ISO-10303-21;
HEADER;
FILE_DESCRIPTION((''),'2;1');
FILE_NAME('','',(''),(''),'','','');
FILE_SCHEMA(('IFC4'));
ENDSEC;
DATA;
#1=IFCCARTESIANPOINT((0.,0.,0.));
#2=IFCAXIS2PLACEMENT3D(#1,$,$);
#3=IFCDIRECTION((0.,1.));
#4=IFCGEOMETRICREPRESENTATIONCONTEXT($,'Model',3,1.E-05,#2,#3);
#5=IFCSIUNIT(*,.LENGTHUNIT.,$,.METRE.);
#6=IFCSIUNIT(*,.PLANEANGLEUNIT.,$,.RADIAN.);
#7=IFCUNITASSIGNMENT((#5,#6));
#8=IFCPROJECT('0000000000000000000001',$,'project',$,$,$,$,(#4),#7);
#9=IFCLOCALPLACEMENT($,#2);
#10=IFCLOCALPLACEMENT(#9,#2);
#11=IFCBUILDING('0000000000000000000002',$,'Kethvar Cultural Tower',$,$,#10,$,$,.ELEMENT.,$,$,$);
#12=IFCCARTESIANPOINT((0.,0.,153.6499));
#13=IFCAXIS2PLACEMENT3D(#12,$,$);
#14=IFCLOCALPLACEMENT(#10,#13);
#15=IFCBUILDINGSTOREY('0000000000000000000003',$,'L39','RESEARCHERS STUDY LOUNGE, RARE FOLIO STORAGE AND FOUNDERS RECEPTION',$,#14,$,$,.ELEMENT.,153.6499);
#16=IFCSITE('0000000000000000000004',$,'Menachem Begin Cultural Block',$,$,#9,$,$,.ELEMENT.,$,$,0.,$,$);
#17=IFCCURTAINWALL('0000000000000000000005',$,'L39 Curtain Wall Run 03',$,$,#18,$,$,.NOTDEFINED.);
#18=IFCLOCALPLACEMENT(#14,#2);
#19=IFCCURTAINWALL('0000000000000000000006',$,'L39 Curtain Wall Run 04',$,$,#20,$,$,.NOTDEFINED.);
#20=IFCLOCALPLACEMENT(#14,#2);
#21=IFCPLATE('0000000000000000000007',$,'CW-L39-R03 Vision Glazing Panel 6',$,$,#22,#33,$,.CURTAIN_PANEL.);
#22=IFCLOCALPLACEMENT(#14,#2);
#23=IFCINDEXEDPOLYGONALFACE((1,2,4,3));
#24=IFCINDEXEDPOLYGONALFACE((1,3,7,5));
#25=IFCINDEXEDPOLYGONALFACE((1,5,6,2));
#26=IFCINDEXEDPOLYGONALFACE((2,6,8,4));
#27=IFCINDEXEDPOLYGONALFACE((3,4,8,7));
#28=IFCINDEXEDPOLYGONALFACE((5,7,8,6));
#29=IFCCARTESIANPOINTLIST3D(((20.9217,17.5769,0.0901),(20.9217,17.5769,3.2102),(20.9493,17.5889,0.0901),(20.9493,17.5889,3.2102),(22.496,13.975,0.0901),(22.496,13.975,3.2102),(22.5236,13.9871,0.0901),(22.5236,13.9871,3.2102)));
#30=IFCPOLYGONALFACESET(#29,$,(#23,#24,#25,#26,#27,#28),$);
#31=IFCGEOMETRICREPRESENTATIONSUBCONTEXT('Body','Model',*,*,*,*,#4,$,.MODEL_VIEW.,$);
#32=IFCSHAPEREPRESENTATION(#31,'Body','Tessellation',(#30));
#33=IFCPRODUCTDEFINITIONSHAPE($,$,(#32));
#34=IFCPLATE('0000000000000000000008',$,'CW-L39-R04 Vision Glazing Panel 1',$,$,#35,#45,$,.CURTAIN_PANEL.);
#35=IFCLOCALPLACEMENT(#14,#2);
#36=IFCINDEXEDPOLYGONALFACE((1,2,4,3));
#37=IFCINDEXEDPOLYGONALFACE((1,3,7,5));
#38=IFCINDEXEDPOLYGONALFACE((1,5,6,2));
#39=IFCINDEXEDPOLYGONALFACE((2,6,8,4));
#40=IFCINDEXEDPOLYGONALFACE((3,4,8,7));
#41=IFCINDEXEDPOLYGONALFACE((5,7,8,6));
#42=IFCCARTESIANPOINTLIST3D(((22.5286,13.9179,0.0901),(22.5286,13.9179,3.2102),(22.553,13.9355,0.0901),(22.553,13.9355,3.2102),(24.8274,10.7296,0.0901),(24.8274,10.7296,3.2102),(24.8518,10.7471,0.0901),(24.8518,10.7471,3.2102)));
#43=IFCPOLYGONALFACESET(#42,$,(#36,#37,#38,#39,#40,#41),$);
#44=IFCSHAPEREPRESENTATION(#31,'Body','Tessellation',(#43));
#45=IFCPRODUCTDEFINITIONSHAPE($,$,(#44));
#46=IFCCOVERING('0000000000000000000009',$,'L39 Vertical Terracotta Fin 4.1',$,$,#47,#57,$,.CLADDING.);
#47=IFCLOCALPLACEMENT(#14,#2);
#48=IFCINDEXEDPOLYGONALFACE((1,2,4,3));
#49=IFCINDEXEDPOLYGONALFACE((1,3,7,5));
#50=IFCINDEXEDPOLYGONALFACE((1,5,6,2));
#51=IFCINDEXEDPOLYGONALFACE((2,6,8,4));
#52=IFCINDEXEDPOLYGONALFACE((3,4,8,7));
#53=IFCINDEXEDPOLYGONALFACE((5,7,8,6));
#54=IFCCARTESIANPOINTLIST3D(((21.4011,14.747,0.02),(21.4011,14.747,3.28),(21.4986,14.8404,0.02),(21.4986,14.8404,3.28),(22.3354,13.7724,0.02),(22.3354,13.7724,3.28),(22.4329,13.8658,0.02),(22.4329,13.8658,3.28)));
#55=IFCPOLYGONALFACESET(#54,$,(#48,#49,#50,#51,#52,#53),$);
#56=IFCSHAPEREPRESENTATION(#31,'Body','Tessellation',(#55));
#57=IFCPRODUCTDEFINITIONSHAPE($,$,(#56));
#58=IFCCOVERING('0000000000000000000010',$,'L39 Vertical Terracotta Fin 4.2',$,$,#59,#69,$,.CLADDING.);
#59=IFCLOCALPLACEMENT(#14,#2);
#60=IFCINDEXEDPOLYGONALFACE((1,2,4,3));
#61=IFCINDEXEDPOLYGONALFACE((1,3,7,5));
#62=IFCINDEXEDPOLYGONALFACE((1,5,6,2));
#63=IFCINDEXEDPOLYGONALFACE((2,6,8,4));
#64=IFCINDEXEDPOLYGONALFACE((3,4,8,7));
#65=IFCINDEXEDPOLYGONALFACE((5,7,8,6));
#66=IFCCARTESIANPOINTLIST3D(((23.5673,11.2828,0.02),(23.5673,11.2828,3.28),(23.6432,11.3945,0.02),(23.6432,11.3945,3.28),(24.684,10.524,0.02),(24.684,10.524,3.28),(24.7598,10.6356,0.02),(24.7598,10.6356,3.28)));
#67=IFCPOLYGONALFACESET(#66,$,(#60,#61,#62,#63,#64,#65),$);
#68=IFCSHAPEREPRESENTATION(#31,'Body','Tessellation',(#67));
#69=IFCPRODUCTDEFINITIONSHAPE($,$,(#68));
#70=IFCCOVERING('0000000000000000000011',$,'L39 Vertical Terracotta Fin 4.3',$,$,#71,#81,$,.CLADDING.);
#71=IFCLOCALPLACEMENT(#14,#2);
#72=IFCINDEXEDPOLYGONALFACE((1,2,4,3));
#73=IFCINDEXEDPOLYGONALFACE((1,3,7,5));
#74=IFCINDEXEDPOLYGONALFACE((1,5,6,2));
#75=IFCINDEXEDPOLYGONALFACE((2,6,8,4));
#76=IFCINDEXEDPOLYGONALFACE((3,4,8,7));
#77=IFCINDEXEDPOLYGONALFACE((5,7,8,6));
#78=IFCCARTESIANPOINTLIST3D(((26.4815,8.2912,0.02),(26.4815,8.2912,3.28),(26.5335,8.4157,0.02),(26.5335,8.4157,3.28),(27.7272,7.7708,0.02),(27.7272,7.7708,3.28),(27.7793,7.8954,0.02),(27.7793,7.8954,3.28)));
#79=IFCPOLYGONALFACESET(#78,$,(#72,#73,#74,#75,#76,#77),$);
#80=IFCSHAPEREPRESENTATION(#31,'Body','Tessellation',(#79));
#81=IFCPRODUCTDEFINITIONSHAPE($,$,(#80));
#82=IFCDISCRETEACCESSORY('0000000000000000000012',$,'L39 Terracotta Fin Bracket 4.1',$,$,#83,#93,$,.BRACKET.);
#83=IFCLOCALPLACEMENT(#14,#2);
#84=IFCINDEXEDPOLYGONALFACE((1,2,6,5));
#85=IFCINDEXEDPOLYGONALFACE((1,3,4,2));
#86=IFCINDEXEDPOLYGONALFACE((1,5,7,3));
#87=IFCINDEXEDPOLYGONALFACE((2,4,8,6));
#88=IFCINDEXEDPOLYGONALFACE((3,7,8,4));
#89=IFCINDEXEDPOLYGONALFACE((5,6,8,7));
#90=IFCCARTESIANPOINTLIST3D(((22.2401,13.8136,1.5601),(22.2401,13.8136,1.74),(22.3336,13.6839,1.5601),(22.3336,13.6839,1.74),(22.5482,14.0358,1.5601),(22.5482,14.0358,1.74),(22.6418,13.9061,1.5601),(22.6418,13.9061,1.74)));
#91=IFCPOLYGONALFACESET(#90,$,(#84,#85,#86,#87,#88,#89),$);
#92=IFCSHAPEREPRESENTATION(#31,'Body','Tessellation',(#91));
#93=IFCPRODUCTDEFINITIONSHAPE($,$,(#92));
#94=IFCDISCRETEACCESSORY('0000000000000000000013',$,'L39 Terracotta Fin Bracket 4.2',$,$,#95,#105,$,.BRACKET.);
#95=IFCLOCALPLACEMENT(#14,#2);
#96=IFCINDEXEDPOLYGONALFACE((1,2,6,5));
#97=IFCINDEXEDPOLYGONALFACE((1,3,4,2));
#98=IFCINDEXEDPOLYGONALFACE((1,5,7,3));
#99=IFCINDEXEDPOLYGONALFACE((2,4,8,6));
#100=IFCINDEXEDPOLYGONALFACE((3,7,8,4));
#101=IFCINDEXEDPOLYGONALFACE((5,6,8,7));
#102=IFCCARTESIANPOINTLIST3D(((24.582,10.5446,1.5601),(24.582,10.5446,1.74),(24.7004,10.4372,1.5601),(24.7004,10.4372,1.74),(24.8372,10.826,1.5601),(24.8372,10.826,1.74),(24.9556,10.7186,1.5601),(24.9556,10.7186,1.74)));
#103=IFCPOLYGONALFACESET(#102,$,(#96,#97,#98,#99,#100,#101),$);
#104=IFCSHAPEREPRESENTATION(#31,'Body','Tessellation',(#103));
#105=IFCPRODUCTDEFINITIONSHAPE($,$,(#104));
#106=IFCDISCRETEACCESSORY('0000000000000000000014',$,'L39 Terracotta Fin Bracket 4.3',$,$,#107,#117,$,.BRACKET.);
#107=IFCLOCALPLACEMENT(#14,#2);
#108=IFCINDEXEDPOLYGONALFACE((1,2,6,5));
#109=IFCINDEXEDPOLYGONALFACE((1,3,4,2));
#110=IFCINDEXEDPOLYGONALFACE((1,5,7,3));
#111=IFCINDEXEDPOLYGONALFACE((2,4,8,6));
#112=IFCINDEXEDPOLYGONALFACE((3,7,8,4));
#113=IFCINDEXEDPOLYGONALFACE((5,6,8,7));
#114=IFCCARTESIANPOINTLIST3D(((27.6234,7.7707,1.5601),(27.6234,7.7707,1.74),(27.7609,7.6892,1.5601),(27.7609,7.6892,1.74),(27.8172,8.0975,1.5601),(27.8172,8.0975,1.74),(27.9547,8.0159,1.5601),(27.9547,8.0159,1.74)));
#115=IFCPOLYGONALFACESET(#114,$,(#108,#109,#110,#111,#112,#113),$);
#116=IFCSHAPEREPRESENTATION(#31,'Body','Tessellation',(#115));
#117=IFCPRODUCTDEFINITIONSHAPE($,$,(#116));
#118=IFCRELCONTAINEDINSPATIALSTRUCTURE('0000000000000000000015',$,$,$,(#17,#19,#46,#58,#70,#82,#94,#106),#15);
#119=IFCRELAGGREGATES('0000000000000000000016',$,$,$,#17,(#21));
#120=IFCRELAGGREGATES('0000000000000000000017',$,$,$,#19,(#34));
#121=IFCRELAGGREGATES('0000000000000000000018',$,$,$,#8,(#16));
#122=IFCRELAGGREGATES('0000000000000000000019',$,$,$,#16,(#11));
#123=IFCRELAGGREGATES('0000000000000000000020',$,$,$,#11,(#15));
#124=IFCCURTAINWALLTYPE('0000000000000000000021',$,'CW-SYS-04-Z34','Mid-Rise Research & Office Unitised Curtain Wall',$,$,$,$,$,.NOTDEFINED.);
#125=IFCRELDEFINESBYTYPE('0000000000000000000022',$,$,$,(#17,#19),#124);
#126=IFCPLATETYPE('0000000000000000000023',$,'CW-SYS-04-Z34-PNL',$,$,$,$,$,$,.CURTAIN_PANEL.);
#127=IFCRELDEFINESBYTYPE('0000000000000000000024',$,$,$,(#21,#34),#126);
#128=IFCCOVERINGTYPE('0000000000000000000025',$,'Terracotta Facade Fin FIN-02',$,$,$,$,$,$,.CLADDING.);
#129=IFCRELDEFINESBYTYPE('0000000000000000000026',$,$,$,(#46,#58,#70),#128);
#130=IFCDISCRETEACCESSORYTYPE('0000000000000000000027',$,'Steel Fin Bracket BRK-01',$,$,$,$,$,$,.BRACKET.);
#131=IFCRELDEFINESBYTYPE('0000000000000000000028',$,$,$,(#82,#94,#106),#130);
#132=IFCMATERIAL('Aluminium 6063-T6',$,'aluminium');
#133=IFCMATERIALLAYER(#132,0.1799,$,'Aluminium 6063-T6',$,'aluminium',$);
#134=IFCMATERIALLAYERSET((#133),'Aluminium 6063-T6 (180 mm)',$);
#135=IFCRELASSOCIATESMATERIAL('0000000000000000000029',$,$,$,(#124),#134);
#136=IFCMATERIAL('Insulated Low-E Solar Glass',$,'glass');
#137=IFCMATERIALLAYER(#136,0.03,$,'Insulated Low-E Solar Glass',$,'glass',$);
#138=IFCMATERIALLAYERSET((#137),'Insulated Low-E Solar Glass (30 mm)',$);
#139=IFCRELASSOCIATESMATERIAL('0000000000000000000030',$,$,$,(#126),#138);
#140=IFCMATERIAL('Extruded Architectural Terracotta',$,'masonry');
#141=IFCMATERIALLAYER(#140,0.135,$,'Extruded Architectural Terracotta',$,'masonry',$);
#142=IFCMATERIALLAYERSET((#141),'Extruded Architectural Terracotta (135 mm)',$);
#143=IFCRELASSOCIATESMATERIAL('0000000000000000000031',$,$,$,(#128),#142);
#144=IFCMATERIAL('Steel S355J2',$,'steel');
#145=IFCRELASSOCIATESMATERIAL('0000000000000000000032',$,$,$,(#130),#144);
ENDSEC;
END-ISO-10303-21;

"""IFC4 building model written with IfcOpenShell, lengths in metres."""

from ifc_helpers import new_model, si_unit, direction, frame, origin, origin_2d, place, context, subcontext, project, spatial, rectangle, extrude, source, transform, mapped, material, layer, layer_set, type_object, element, aggregate, save


model = new_model("IFC4")

# Units and contexts
model_context = context("Model", 3, precision=1e-05, world=origin(), true_north=direction((0.0, 1.0)))
body_context = subcontext(model_context, "Body", "Model", "MODEL_VIEW")
ifc_project = project(units=[si_unit("LENGTHUNIT", "METRE"), si_unit("PLANEANGLEUNIT", "RADIAN")], contexts=[model_context])

# Site, building, storey
site_placement = place(None, origin())
site = spatial("IfcSite", under=ifc_project, at=site_placement, Name="Menachem Begin Cultural Block", CompositionType="ELEMENT", RefElevation=0.0)
building_placement = place(site_placement, origin())
building = spatial("IfcBuilding", under=site, at=building_placement, Name="Kethvar Cultural Tower", CompositionType="ELEMENT")
storey_placement = place(building_placement, frame((0.0, 0.0, 153.6499)))
storey = spatial("IfcBuildingStorey", under=building, at=storey_placement, Name="L39", Description="RESEARCHERS STUDY LOUNGE, RARE FOLIO STORAGE AND FOUNDERS RECEPTION", CompositionType="ELEMENT", Elevation=153.6499)

# Shared definitions
ifc_material_1 = material(Name="Steel S355J2", Category="steel")

# Curtain walls
ifc_material_2 = material(Name="Aluminium 6063-T6", Category="aluminium")
ifc_layer_1 = layer(ifc_material_2, 0.1799, Name="Aluminium 6063-T6", Category="aluminium")
ifc_layer_set_1 = layer_set([ifc_layer_1], Name="Aluminium 6063-T6 (180 mm)")
curtain_wall_type = type_object("IfcCurtainWallType", Name="CW-SYS-04-Z34", Description="Mid-Rise Research & Office Unitised Curtain Wall", PredefinedType="NOTDEFINED", material=ifc_layer_set_1)
curtain_wall_1_placement = place(storey_placement, origin())
curtain_wall_1 = element("IfcCurtainWall", 1, at=curtain_wall_1_placement, inside=storey, type_object=curtain_wall_type, Name="L39 Curtain Wall Run 03", PredefinedType="NOTDEFINED")
curtain_wall_2_placement = place(storey_placement, origin())
curtain_wall_2 = element("IfcCurtainWall", 2, at=curtain_wall_2_placement, inside=storey, type_object=curtain_wall_type, Name="L39 Curtain Wall Run 04", PredefinedType="NOTDEFINED")

# Plates
ifc_material_3 = material(Name="Insulated Low-E Solar Glass", Category="glass")
ifc_layer_2 = layer(ifc_material_3, 0.03, Name="Insulated Low-E Solar Glass", Category="glass")
ifc_layer_set_2 = layer_set([ifc_layer_2], Name="Insulated Low-E Solar Glass (30 mm)")
plate_type = type_object("IfcPlateType", Name="CW-SYS-04-Z34-PNL", PredefinedType="CURTAIN_PANEL", material=ifc_layer_set_2)
shared_shape_1 = source(origin(), body_context, "Body", "SweptSolid", [
    extrude(rectangle(XDim=3.9309, YDim=0.03, at=origin_2d()), origin(), (0.0, 0.0, 1.0), 3.1201),
])
plate_1_placement = place(storey_placement, frame((21.7227, 15.782, 0.0901), z_axis=(0.0, 0.0, 1.0), x_axis=(0.400493, -0.9163, 0.0)))
plate_1 = element("IfcPlate", 3, at=plate_1_placement, type_object=plate_type, Name="CW-L39-R03 Vision Glazing Panel 6", PredefinedType="CURTAIN_PANEL", context=body_context, shape_type="MappedRepresentation", body=[
    mapped(shared_shape_1, transform((0.0, 0.0, 0.0), scale=1.0)),
])
aggregate(curtain_wall_1, [plate_1])
shared_shape_2 = source(origin(), body_context, "Body", "SweptSolid", [
    extrude(rectangle(XDim=3.9307, YDim=0.03, at=origin_2d()), origin(), (0.0, 0.0, 1.0), 3.1201),
])
plate_2_placement = place(storey_placement, frame((23.6902, 12.3325, 0.0901), z_axis=(0.0, 0.0, 1.0), x_axis=(0.584844, -0.811145, 0.0)))
plate_2 = element("IfcPlate", 4, at=plate_2_placement, type_object=plate_type, Name="CW-L39-R04 Vision Glazing Panel 1", PredefinedType="CURTAIN_PANEL", context=body_context, shape_type="MappedRepresentation", body=[
    mapped(shared_shape_2, transform((0.0, 0.0, 0.0), scale=1.0)),
])
aggregate(curtain_wall_2, [plate_2])

# Coverings
ifc_material_4 = material(Name="Extruded Architectural Terracotta", Category="masonry")
ifc_layer_3 = layer(ifc_material_4, 0.135, Name="Extruded Architectural Terracotta", Category="masonry")
ifc_layer_set_3 = layer_set([ifc_layer_3], Name="Extruded Architectural Terracotta (135 mm)")
covering_type = type_object("IfcCoveringType", Name="Terracotta Facade Fin FIN-02", PredefinedType="CLADDING", material=ifc_layer_set_3)
shared_shape_3 = source(origin(), body_context, "Body", "SweptSolid", [
    extrude(rectangle(XDim=1.3501, YDim=0.135, at=origin_2d()), origin(), (0.0, 0.0, 1.0), 3.26),
])
for number, where, z_axis, x_axis, name in (
    (5, (21.917, 14.3064, 0.02), (0.0, 0.0, 1.0), (-0.692017, 0.721881, 0.0), "L39 Vertical Terracotta Fin 4.1"),
    (6, (24.1636, 10.9592, 0.02), (0.0, 0.0, 1.0), (-0.827081, 0.562083, 0.0), "L39 Vertical Terracotta Fin 4.2"),
    (7, (27.1304, 8.0933, 0.02), (0.0, 0.0, 1.0), (-0.92274, 0.385423, 0.0), "L39 Vertical Terracotta Fin 4.3"),
):
    element("IfcCovering", number, at=place(storey_placement, frame(where, z_axis=z_axis, x_axis=x_axis)), inside=storey, type_object=covering_type, Name=name, PredefinedType="CLADDING", context=body_context, shape_type="MappedRepresentation", body=[
        mapped(shared_shape_3, transform((0.0, 0.0, 0.0), scale=1.0)),
    ])

# Discrete accessories
discrete_accessory_type = type_object("IfcDiscreteAccessoryType", Name="Steel Fin Bracket BRK-01", PredefinedType="BRACKET", material=ifc_material_1)
shared_shape_4 = source(origin(), body_context, "Body", "SweptSolid", [
    extrude(rectangle(XDim=0.3799, YDim=0.1599, at=origin_2d()), origin(), (0.0, 0.0, 1.0), 0.1799),
])
for number, where, z_axis, x_axis, name in (
    (8, (22.4409, 13.8599, 1.5601), (0.0, 0.0, 1.0), (-0.811166, -0.584816, 0.0), "L39 Terracotta Fin Bracket 4.1"),
    (9, (24.7688, 10.6316, 1.5601), (0.0, 0.0, 1.0), (-0.671721, -0.740805, 0.0), "L39 Terracotta Fin Bracket 4.2"),
    (10, (27.7891, 7.8933, 1.5601), (0.0, 0.0, 1.0), (-0.510093, -0.860119, 0.0), "L39 Terracotta Fin Bracket 4.3"),
):
    element("IfcDiscreteAccessory", number, at=place(storey_placement, frame(where, z_axis=z_axis, x_axis=x_axis)), inside=storey, type_object=discrete_accessory_type, Name=name, PredefinedType="BRACKET", context=body_context, shape_type="MappedRepresentation", body=[
        mapped(shared_shape_4, transform((0.0, 0.0, 0.0), scale=1.0)),
    ])

save(model, "model.ifc")
